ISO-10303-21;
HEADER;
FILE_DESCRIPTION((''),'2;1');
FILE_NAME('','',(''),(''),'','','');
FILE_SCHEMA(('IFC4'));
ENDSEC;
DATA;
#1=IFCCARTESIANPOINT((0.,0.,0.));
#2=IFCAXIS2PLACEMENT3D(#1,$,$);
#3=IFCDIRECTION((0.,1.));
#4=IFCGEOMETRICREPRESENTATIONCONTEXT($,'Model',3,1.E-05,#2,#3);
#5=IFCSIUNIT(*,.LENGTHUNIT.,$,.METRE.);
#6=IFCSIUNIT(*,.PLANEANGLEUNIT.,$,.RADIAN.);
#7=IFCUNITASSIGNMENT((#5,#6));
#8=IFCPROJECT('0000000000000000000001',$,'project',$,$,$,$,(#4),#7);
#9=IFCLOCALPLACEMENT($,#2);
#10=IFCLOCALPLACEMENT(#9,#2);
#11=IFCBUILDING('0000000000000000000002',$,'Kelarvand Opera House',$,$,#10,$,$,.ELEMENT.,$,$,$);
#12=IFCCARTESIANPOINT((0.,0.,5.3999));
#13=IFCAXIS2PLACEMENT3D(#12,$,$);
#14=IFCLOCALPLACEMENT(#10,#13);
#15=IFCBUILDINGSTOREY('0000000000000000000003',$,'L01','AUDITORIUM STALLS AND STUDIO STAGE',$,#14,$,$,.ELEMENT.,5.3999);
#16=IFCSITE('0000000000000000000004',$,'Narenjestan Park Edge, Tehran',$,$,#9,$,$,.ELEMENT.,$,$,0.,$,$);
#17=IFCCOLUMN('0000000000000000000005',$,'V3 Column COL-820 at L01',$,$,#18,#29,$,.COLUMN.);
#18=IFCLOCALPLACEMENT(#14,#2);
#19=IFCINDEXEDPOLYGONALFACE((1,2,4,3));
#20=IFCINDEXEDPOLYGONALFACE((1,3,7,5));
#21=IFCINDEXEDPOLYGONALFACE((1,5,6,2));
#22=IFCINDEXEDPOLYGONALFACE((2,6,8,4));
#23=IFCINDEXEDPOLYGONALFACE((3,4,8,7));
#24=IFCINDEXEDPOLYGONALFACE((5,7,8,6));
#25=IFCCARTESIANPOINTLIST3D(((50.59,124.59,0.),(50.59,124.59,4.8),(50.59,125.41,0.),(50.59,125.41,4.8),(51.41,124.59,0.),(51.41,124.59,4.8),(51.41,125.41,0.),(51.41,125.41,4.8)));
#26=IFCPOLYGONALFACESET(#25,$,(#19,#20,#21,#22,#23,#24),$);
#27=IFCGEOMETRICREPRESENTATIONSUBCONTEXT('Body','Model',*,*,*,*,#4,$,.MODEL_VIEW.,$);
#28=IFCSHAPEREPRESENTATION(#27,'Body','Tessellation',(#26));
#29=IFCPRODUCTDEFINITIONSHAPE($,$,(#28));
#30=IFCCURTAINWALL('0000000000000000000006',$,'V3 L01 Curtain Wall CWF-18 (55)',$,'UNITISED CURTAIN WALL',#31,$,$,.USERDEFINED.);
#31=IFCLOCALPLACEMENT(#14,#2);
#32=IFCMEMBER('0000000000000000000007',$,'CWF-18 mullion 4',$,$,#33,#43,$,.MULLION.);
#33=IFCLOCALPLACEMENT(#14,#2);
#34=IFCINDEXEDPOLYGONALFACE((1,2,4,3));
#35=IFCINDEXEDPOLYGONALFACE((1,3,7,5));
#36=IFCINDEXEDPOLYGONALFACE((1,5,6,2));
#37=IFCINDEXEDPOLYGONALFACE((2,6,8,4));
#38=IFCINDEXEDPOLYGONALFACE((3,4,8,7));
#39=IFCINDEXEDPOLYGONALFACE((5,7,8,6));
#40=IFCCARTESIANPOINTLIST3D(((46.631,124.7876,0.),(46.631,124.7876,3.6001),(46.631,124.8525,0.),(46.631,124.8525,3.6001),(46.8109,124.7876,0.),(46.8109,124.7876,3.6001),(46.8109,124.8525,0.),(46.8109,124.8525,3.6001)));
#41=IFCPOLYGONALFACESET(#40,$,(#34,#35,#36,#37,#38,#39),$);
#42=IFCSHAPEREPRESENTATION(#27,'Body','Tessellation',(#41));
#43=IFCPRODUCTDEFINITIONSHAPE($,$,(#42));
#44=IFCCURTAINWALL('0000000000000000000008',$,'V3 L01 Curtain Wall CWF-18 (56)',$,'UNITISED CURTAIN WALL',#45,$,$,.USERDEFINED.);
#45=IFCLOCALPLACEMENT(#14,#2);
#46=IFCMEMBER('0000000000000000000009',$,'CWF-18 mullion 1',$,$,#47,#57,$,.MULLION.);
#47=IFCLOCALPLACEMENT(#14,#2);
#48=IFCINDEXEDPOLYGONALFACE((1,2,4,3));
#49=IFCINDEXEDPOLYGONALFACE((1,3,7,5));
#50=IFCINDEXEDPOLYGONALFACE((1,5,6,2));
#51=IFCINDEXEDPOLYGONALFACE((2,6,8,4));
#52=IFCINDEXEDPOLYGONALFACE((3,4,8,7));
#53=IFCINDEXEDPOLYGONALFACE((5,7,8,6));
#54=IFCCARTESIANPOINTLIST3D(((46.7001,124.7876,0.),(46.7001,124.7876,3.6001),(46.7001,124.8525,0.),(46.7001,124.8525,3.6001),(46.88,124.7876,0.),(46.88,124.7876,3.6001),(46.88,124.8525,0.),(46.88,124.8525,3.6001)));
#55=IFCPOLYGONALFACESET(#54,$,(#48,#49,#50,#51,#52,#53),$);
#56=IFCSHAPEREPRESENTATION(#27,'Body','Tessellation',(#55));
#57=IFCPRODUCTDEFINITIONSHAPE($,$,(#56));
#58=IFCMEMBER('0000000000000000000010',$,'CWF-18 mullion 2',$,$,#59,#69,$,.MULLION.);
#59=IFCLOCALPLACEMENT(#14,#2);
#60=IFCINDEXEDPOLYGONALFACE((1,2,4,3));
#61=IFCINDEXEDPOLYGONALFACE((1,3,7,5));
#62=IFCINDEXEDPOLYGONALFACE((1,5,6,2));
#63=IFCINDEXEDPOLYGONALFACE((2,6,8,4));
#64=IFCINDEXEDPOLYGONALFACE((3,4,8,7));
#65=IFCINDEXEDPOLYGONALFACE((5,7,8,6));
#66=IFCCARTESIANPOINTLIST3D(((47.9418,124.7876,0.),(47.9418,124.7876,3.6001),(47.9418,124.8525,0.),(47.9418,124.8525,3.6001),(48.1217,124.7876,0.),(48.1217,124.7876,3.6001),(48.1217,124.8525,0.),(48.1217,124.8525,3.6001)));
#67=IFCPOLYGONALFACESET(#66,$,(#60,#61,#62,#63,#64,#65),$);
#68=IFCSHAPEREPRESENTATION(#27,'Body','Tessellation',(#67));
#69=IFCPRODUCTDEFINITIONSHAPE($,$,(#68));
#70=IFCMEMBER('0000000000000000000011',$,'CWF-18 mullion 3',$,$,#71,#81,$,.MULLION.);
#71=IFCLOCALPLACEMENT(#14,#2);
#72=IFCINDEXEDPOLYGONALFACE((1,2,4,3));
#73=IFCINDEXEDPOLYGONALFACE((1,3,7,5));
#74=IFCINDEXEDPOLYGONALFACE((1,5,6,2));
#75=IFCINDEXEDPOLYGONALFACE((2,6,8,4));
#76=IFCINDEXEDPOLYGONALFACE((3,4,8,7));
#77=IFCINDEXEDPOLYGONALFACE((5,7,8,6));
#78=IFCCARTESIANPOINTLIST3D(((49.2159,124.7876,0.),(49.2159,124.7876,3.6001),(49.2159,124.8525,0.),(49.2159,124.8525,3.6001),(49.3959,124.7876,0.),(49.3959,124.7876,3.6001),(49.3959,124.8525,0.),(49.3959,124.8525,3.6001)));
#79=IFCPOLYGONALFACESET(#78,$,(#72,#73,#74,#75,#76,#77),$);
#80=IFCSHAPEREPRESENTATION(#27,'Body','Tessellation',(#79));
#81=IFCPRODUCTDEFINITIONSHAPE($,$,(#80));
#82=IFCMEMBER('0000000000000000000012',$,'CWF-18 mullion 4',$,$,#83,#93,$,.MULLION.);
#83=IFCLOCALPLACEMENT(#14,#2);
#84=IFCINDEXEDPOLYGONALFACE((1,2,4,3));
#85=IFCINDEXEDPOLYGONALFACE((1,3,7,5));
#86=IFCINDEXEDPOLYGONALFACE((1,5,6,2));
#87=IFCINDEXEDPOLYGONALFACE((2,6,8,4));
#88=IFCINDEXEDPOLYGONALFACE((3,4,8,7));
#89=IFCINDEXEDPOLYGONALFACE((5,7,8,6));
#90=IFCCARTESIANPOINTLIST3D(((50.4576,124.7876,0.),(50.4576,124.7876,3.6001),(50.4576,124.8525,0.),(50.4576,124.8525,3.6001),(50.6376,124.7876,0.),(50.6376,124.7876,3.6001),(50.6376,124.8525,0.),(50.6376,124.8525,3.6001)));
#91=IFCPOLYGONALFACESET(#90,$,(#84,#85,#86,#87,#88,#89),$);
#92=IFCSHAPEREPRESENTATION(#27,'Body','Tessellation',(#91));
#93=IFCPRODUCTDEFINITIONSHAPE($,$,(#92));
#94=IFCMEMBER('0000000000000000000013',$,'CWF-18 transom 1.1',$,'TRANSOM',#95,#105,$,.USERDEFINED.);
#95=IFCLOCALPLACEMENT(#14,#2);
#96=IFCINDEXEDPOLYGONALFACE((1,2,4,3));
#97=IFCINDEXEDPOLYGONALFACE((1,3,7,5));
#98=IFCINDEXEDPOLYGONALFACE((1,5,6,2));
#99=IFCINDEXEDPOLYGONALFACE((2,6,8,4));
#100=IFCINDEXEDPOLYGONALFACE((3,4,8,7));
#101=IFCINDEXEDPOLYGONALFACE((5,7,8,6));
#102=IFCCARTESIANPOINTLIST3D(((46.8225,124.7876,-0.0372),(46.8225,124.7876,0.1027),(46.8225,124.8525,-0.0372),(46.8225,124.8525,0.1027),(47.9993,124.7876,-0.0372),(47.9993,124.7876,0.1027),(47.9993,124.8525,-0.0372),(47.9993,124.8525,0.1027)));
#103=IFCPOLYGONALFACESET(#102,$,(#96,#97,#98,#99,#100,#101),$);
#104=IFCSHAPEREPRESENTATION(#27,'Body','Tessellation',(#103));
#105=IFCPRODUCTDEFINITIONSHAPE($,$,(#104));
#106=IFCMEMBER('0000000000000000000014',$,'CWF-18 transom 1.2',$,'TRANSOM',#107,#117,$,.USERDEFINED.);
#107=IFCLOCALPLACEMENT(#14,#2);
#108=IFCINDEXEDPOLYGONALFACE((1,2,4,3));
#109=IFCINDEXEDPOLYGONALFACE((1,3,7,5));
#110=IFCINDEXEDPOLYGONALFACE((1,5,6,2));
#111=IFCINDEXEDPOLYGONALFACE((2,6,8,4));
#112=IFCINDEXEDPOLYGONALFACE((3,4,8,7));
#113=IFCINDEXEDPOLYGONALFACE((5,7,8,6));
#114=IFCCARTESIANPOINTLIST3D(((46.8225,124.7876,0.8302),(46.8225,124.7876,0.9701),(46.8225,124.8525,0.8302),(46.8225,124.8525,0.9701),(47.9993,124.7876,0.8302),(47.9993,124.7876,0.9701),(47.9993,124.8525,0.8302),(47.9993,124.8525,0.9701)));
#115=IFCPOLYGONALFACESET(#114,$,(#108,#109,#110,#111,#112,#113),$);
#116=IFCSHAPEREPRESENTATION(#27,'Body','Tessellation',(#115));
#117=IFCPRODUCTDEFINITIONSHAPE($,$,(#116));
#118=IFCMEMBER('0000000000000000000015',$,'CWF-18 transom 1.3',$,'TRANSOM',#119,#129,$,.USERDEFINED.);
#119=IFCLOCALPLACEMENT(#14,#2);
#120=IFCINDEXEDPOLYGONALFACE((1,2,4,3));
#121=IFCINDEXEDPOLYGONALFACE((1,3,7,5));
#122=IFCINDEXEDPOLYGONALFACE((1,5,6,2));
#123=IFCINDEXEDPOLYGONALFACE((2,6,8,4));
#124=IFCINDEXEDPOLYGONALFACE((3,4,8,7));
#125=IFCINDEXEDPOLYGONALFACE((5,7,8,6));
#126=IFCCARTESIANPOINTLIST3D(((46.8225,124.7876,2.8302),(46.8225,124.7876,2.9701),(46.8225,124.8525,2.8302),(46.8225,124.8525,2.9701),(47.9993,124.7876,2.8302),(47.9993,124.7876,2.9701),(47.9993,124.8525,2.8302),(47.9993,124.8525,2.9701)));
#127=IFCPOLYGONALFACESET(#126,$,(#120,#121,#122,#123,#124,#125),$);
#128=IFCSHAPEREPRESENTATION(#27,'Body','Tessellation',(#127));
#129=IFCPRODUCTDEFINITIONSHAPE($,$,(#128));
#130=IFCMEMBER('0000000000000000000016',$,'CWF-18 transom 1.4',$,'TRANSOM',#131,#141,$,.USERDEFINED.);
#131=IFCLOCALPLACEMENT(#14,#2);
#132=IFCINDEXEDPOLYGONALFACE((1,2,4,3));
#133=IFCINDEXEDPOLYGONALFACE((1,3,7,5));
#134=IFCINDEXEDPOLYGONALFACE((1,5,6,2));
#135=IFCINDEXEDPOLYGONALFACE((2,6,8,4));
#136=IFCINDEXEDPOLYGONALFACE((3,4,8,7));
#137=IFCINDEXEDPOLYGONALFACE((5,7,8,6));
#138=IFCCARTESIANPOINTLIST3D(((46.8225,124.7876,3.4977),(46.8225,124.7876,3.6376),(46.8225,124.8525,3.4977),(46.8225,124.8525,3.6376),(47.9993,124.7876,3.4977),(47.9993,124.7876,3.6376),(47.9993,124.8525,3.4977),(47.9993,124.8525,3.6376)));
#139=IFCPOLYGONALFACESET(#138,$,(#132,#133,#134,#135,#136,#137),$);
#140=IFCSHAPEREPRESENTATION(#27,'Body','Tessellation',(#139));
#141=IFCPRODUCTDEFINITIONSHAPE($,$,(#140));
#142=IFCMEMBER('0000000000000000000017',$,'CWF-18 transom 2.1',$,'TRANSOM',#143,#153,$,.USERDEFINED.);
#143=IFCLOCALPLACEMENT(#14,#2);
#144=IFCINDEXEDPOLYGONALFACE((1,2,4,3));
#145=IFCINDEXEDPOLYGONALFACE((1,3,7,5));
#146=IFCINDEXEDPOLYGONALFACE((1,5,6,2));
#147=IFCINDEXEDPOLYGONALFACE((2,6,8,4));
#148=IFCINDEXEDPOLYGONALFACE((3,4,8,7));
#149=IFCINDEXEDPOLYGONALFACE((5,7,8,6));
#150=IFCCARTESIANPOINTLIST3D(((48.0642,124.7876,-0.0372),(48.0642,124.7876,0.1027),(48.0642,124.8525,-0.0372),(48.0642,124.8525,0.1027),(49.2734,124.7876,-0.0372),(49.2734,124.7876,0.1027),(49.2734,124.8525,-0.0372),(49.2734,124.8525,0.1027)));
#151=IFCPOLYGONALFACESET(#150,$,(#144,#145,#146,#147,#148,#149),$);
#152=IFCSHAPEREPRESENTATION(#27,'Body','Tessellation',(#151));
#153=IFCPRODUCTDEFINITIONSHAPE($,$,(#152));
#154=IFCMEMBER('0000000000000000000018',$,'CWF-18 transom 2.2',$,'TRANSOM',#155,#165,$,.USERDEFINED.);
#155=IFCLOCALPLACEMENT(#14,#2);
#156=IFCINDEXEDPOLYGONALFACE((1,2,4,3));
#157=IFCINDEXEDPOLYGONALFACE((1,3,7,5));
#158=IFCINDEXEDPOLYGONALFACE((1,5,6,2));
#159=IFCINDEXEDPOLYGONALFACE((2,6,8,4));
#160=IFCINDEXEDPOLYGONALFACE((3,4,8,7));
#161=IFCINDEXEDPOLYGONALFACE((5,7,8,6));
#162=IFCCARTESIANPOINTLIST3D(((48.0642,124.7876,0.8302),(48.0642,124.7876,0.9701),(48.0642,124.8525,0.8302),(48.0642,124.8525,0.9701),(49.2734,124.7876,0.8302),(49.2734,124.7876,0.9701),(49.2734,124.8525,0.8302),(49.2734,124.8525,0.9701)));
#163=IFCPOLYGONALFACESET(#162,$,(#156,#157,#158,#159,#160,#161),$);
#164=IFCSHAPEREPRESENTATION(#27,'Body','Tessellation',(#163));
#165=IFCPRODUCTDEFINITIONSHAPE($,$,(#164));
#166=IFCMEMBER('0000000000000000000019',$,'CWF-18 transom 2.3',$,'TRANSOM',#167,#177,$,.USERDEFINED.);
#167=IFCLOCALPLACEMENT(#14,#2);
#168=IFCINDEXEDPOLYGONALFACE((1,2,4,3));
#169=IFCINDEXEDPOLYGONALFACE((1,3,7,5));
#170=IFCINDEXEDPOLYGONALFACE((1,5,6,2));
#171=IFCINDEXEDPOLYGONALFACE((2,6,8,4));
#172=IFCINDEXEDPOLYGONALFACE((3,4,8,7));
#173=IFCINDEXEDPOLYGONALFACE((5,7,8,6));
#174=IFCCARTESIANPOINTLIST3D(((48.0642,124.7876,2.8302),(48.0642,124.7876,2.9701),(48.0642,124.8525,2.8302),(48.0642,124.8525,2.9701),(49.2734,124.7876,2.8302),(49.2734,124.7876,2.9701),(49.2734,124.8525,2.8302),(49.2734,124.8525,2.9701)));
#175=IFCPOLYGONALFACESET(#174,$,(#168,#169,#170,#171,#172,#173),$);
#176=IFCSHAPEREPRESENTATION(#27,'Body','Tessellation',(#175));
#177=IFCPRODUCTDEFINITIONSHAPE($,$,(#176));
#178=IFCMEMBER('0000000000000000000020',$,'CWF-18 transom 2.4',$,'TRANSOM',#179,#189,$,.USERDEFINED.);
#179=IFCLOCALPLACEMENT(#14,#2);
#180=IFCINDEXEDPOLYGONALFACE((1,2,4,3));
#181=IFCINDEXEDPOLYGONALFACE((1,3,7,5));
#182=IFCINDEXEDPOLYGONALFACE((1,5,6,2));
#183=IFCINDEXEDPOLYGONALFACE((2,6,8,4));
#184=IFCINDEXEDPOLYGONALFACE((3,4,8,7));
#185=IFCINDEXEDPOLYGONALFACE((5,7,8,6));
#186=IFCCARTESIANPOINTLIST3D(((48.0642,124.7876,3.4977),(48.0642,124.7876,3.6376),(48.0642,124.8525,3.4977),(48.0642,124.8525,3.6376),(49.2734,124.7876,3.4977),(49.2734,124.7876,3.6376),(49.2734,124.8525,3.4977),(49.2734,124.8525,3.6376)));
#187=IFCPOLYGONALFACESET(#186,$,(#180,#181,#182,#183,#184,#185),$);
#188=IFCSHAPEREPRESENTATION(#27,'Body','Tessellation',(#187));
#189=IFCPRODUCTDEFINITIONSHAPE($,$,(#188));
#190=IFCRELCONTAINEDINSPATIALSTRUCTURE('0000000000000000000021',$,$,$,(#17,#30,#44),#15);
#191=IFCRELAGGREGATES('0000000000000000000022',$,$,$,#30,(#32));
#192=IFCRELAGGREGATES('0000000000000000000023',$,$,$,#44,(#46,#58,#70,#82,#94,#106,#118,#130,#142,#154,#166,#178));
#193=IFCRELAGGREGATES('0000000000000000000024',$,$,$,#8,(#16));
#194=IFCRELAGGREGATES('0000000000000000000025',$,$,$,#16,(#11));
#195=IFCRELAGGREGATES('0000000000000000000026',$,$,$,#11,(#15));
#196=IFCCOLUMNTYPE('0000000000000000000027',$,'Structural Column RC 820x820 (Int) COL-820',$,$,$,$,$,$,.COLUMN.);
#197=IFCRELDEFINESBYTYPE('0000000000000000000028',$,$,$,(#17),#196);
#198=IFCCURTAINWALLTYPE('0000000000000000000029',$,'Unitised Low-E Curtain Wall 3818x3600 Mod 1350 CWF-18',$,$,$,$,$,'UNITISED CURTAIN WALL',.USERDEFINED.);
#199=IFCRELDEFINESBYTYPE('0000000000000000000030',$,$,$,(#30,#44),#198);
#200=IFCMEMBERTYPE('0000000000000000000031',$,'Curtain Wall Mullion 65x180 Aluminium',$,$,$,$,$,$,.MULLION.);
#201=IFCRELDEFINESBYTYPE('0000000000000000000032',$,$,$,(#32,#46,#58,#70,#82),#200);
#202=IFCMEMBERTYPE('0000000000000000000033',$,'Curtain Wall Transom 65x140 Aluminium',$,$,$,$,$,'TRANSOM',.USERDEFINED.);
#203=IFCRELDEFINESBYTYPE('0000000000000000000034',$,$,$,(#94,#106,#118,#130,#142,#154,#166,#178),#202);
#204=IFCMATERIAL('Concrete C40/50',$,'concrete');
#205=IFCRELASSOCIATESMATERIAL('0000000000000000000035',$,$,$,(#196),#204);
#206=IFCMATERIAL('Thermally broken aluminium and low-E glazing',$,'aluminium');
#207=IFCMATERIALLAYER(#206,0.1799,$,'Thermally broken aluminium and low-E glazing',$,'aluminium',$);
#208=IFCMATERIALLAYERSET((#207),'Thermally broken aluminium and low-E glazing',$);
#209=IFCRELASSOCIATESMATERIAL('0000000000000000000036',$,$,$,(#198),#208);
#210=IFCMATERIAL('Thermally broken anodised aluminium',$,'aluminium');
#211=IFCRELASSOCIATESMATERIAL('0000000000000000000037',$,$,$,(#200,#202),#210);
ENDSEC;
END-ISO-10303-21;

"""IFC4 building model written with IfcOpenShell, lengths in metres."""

from ifc_helpers import new_model, si_unit, direction, frame, origin, origin_2d, place, context, subcontext, project, spatial, rectangle, extrude, material, layer, layer_set, material_profile, profile_set, type_object, element, aggregate, save


model = new_model("IFC4")

# Units and contexts
model_context = context("Model", 3, precision=1e-05, world=origin(), true_north=direction((0.0, 1.0)))
body_context = subcontext(model_context, "Body", "Model", "MODEL_VIEW")
ifc_project = project(units=[si_unit("LENGTHUNIT", "METRE"), si_unit("PLANEANGLEUNIT", "RADIAN")], contexts=[model_context])

# Site, building, storey
site_placement = place(None, origin())
site = spatial("IfcSite", under=ifc_project, at=site_placement, Name="Narenjestan Park Edge, Tehran", CompositionType="ELEMENT", RefElevation=0.0)
building_placement = place(site_placement, origin())
building = spatial("IfcBuilding", under=site, at=building_placement, Name="Kelarvand Opera House", CompositionType="ELEMENT")
storey_placement = place(building_placement, frame((0.0, 0.0, 5.3999)))
storey = spatial("IfcBuildingStorey", under=building, at=storey_placement, Name="L01", Description="AUDITORIUM STALLS AND STUDIO STAGE", CompositionType="ELEMENT", Elevation=5.3999)

# Column
ifc_material_1 = material(Name="Concrete C40/50", Category="concrete")
ifc_material_profile_1 = material_profile(ifc_material_1, rectangle(XDim=0.8201, YDim=0.8201, at=origin_2d()), Name="RC 820x820", Category="concrete")
ifc_profile_set_1 = profile_set([ifc_material_profile_1], Name="Concrete C40/50")
column_type = type_object("IfcColumnType", Name="Structural Column RC 820x820 (Int) COL-820", PredefinedType="COLUMN", material=ifc_profile_set_1)
column_placement = place(storey_placement, frame((51.0, 125.0, 0.0), z_axis=(0.0, 0.0, 1.0), x_axis=(1.0, 0.0, 0.0)))
element("IfcColumn", 1, at=column_placement, inside=storey, type_object=column_type, Name="V3 Column COL-820 at L01", PredefinedType="COLUMN", context=body_context, shape_type="SweptSolid", body=[
    extrude(rectangle(XDim=0.8201, YDim=0.8201, at=origin_2d()), origin(), (0.0, 0.0, 1.0), 4.8),
])

# Curtain wall, member
ifc_material_2 = material(Name="Thermally broken aluminium and low-E glazing", Category="aluminium")
ifc_layer_1 = layer(ifc_material_2, 0.1799, Name="Thermally broken aluminium and low-E glazing", Category="aluminium")
ifc_layer_set_1 = layer_set([ifc_layer_1], Name="Thermally broken aluminium and low-E glazing")
curtain_wall_type = type_object("IfcCurtainWallType", Name="Unitised Low-E Curtain Wall 3818x3600 Mod 1350 CWF-18", ElementType="UNITISED CURTAIN WALL", PredefinedType="USERDEFINED", material=ifc_layer_set_1)
curtain_wall_1_placement = place(storey_placement, origin())
curtain_wall_1 = element("IfcCurtainWall", 2, at=curtain_wall_1_placement, inside=storey, type_object=curtain_wall_type, Name="V3 L01 Curtain Wall CWF-18 (55)", ObjectType="UNITISED CURTAIN WALL", PredefinedType="USERDEFINED")
ifc_material_3 = material(Name="Thermally broken anodised aluminium", Category="aluminium")
ifc_material_profile_2 = material_profile(ifc_material_3, rectangle(XDim=0.0649, YDim=0.1799, at=origin_2d()), Name="ALU MULLION 65x180", Category="aluminium")
ifc_profile_set_2 = profile_set([ifc_material_profile_2], Name="Thermally broken anodised aluminium")
member_type_1 = type_object("IfcMemberType", Name="Curtain Wall Mullion 65x180 Aluminium", PredefinedType="MULLION", material=ifc_profile_set_2)
member_1_placement = place(storey_placement, frame((46.7209, 124.8201, 0.0), z_axis=(0.0, 0.0, 1.0), x_axis=(0.0, 1.0, 0.0)))
member_1 = element("IfcMember", 3, at=member_1_placement, type_object=member_type_1, Name="CWF-18 mullion 4", PredefinedType="MULLION", context=body_context, shape_type="SweptSolid", body=[
    extrude(rectangle(XDim=0.0649, YDim=0.1799, at=origin_2d()), origin(), (0.0, 0.0, 1.0), 3.6001),
])

# Curtain wall, members
curtain_wall_2_placement = place(storey_placement, origin())
curtain_wall_2 = element("IfcCurtainWall", 4, at=curtain_wall_2_placement, inside=storey, type_object=curtain_wall_type, Name="V3 L01 Curtain Wall CWF-18 (56)", ObjectType="UNITISED CURTAIN WALL", PredefinedType="USERDEFINED")
member_2_placement = place(storey_placement, frame((46.79, 124.8201, 0.0), z_axis=(0.0, 0.0, 1.0), x_axis=(0.0, 1.0, 0.0)))
member_2 = element("IfcMember", 5, at=member_2_placement, type_object=member_type_1, Name="CWF-18 mullion 1", PredefinedType="MULLION", context=body_context, shape_type="SweptSolid", body=[
    extrude(rectangle(XDim=0.0649, YDim=0.1799, at=origin_2d()), origin(), (0.0, 0.0, 1.0), 3.6001),
])
member_3_placement = place(storey_placement, frame((48.0317, 124.8201, 0.0), z_axis=(0.0, 0.0, 1.0), x_axis=(0.0, 1.0, 0.0)))
member_3 = element("IfcMember", 6, at=member_3_placement, type_object=member_type_1, Name="CWF-18 mullion 2", PredefinedType="MULLION", context=body_context, shape_type="SweptSolid", body=[
    extrude(rectangle(XDim=0.0649, YDim=0.1799, at=origin_2d()), origin(), (0.0, 0.0, 1.0), 3.6001),
])
member_4_placement = place(storey_placement, frame((49.3059, 124.8201, 0.0), z_axis=(0.0, 0.0, 1.0), x_axis=(0.0, 1.0, 0.0)))
member_4 = element("IfcMember", 7, at=member_4_placement, type_object=member_type_1, Name="CWF-18 mullion 3", PredefinedType="MULLION", context=body_context, shape_type="SweptSolid", body=[
    extrude(rectangle(XDim=0.0649, YDim=0.1799, at=origin_2d()), origin(), (0.0, 0.0, 1.0), 3.6001),
])
member_5_placement = place(storey_placement, frame((50.5476, 124.8201, 0.0), z_axis=(0.0, 0.0, 1.0), x_axis=(0.0, 1.0, 0.0)))
member_5 = element("IfcMember", 8, at=member_5_placement, type_object=member_type_1, Name="CWF-18 mullion 4", PredefinedType="MULLION", context=body_context, shape_type="SweptSolid", body=[
    extrude(rectangle(XDim=0.0649, YDim=0.1799, at=origin_2d()), origin(), (0.0, 0.0, 1.0), 3.6001),
])
ifc_material_profile_3 = material_profile(ifc_material_3, rectangle(XDim=0.0649, YDim=0.1399, at=origin_2d()), Name="ALU TRANSOM 65x140", Category="aluminium")
ifc_profile_set_3 = profile_set([ifc_material_profile_3], Name="Thermally broken anodised aluminium")
member_type_2 = type_object("IfcMemberType", Name="Curtain Wall Transom 65x140 Aluminium", ElementType="TRANSOM", PredefinedType="USERDEFINED", material=ifc_profile_set_3)
member_6_placement = place(storey_placement, frame((46.8225, 124.8201, 0.0327), z_axis=(1.0, 0.0, 0.0), x_axis=(0.0, 1.0, 0.0)))
member_6 = element("IfcMember", 9, at=member_6_placement, type_object=member_type_2, Name="CWF-18 transom 1.1", ObjectType="TRANSOM", PredefinedType="USERDEFINED", context=body_context, shape_type="SweptSolid", body=[
    extrude(rectangle(XDim=0.0649, YDim=0.1399, at=origin_2d()), origin(), (0.0, 0.0, 1.0), 1.1768),
])
member_7_placement = place(storey_placement, frame((46.8225, 124.8201, 0.9001), z_axis=(1.0, 0.0, 0.0), x_axis=(0.0, 1.0, 0.0)))
member_7 = element("IfcMember", 10, at=member_7_placement, type_object=member_type_2, Name="CWF-18 transom 1.2", ObjectType="TRANSOM", PredefinedType="USERDEFINED", context=body_context, shape_type="SweptSolid", body=[
    extrude(rectangle(XDim=0.0649, YDim=0.1399, at=origin_2d()), origin(), (0.0, 0.0, 1.0), 1.1768),
])
member_8_placement = place(storey_placement, frame((46.8225, 124.8201, 2.9001), z_axis=(1.0, 0.0, 0.0), x_axis=(0.0, 1.0, 0.0)))
member_8 = element("IfcMember", 11, at=member_8_placement, type_object=member_type_2, Name="CWF-18 transom 1.3", ObjectType="TRANSOM", PredefinedType="USERDEFINED", context=body_context, shape_type="SweptSolid", body=[
    extrude(rectangle(XDim=0.0649, YDim=0.1399, at=origin_2d()), origin(), (0.0, 0.0, 1.0), 1.1768),
])
member_9_placement = place(storey_placement, frame((46.8225, 124.8201, 3.5676), z_axis=(1.0, 0.0, 0.0), x_axis=(0.0, 1.0, 0.0)))
member_9 = element("IfcMember", 12, at=member_9_placement, type_object=member_type_2, Name="CWF-18 transom 1.4", ObjectType="TRANSOM", PredefinedType="USERDEFINED", context=body_context, shape_type="SweptSolid", body=[
    extrude(rectangle(XDim=0.0649, YDim=0.1399, at=origin_2d()), origin(), (0.0, 0.0, 1.0), 1.1768),
])
member_10_placement = place(storey_placement, frame((48.0642, 124.8201, 0.0327), z_axis=(1.0, 0.0, 0.0), x_axis=(0.0, 1.0, 0.0)))
member_10 = element("IfcMember", 13, at=member_10_placement, type_object=member_type_2, Name="CWF-18 transom 2.1", ObjectType="TRANSOM", PredefinedType="USERDEFINED", context=body_context, shape_type="SweptSolid", body=[
    extrude(rectangle(XDim=0.0649, YDim=0.1399, at=origin_2d()), origin(), (0.0, 0.0, 1.0), 1.2092),
])
member_11_placement = place(storey_placement, frame((48.0642, 124.8201, 0.9001), z_axis=(1.0, 0.0, 0.0), x_axis=(0.0, 1.0, 0.0)))
member_11 = element("IfcMember", 14, at=member_11_placement, type_object=member_type_2, Name="CWF-18 transom 2.2", ObjectType="TRANSOM", PredefinedType="USERDEFINED", context=body_context, shape_type="SweptSolid", body=[
    extrude(rectangle(XDim=0.0649, YDim=0.1399, at=origin_2d()), origin(), (0.0, 0.0, 1.0), 1.2092),
])
member_12_placement = place(storey_placement, frame((48.0642, 124.8201, 2.9001), z_axis=(1.0, 0.0, 0.0), x_axis=(0.0, 1.0, 0.0)))
member_12 = element("IfcMember", 15, at=member_12_placement, type_object=member_type_2, Name="CWF-18 transom 2.3", ObjectType="TRANSOM", PredefinedType="USERDEFINED", context=body_context, shape_type="SweptSolid", body=[
    extrude(rectangle(XDim=0.0649, YDim=0.1399, at=origin_2d()), origin(), (0.0, 0.0, 1.0), 1.2092),
])
member_13_placement = place(storey_placement, frame((48.0642, 124.8201, 3.5676), z_axis=(1.0, 0.0, 0.0), x_axis=(0.0, 1.0, 0.0)))
member_13 = element("IfcMember", 16, at=member_13_placement, type_object=member_type_2, Name="CWF-18 transom 2.4", ObjectType="TRANSOM", PredefinedType="USERDEFINED", context=body_context, shape_type="SweptSolid", body=[
    extrude(rectangle(XDim=0.0649, YDim=0.1399, at=origin_2d()), origin(), (0.0, 0.0, 1.0), 1.2092),
])

aggregate(curtain_wall_1, [member_1])
aggregate(curtain_wall_2, [member_2, member_3, member_4, member_5, member_6, member_7, member_8, member_9, member_10, member_11, member_12, member_13])

save(model, "model.ifc")
